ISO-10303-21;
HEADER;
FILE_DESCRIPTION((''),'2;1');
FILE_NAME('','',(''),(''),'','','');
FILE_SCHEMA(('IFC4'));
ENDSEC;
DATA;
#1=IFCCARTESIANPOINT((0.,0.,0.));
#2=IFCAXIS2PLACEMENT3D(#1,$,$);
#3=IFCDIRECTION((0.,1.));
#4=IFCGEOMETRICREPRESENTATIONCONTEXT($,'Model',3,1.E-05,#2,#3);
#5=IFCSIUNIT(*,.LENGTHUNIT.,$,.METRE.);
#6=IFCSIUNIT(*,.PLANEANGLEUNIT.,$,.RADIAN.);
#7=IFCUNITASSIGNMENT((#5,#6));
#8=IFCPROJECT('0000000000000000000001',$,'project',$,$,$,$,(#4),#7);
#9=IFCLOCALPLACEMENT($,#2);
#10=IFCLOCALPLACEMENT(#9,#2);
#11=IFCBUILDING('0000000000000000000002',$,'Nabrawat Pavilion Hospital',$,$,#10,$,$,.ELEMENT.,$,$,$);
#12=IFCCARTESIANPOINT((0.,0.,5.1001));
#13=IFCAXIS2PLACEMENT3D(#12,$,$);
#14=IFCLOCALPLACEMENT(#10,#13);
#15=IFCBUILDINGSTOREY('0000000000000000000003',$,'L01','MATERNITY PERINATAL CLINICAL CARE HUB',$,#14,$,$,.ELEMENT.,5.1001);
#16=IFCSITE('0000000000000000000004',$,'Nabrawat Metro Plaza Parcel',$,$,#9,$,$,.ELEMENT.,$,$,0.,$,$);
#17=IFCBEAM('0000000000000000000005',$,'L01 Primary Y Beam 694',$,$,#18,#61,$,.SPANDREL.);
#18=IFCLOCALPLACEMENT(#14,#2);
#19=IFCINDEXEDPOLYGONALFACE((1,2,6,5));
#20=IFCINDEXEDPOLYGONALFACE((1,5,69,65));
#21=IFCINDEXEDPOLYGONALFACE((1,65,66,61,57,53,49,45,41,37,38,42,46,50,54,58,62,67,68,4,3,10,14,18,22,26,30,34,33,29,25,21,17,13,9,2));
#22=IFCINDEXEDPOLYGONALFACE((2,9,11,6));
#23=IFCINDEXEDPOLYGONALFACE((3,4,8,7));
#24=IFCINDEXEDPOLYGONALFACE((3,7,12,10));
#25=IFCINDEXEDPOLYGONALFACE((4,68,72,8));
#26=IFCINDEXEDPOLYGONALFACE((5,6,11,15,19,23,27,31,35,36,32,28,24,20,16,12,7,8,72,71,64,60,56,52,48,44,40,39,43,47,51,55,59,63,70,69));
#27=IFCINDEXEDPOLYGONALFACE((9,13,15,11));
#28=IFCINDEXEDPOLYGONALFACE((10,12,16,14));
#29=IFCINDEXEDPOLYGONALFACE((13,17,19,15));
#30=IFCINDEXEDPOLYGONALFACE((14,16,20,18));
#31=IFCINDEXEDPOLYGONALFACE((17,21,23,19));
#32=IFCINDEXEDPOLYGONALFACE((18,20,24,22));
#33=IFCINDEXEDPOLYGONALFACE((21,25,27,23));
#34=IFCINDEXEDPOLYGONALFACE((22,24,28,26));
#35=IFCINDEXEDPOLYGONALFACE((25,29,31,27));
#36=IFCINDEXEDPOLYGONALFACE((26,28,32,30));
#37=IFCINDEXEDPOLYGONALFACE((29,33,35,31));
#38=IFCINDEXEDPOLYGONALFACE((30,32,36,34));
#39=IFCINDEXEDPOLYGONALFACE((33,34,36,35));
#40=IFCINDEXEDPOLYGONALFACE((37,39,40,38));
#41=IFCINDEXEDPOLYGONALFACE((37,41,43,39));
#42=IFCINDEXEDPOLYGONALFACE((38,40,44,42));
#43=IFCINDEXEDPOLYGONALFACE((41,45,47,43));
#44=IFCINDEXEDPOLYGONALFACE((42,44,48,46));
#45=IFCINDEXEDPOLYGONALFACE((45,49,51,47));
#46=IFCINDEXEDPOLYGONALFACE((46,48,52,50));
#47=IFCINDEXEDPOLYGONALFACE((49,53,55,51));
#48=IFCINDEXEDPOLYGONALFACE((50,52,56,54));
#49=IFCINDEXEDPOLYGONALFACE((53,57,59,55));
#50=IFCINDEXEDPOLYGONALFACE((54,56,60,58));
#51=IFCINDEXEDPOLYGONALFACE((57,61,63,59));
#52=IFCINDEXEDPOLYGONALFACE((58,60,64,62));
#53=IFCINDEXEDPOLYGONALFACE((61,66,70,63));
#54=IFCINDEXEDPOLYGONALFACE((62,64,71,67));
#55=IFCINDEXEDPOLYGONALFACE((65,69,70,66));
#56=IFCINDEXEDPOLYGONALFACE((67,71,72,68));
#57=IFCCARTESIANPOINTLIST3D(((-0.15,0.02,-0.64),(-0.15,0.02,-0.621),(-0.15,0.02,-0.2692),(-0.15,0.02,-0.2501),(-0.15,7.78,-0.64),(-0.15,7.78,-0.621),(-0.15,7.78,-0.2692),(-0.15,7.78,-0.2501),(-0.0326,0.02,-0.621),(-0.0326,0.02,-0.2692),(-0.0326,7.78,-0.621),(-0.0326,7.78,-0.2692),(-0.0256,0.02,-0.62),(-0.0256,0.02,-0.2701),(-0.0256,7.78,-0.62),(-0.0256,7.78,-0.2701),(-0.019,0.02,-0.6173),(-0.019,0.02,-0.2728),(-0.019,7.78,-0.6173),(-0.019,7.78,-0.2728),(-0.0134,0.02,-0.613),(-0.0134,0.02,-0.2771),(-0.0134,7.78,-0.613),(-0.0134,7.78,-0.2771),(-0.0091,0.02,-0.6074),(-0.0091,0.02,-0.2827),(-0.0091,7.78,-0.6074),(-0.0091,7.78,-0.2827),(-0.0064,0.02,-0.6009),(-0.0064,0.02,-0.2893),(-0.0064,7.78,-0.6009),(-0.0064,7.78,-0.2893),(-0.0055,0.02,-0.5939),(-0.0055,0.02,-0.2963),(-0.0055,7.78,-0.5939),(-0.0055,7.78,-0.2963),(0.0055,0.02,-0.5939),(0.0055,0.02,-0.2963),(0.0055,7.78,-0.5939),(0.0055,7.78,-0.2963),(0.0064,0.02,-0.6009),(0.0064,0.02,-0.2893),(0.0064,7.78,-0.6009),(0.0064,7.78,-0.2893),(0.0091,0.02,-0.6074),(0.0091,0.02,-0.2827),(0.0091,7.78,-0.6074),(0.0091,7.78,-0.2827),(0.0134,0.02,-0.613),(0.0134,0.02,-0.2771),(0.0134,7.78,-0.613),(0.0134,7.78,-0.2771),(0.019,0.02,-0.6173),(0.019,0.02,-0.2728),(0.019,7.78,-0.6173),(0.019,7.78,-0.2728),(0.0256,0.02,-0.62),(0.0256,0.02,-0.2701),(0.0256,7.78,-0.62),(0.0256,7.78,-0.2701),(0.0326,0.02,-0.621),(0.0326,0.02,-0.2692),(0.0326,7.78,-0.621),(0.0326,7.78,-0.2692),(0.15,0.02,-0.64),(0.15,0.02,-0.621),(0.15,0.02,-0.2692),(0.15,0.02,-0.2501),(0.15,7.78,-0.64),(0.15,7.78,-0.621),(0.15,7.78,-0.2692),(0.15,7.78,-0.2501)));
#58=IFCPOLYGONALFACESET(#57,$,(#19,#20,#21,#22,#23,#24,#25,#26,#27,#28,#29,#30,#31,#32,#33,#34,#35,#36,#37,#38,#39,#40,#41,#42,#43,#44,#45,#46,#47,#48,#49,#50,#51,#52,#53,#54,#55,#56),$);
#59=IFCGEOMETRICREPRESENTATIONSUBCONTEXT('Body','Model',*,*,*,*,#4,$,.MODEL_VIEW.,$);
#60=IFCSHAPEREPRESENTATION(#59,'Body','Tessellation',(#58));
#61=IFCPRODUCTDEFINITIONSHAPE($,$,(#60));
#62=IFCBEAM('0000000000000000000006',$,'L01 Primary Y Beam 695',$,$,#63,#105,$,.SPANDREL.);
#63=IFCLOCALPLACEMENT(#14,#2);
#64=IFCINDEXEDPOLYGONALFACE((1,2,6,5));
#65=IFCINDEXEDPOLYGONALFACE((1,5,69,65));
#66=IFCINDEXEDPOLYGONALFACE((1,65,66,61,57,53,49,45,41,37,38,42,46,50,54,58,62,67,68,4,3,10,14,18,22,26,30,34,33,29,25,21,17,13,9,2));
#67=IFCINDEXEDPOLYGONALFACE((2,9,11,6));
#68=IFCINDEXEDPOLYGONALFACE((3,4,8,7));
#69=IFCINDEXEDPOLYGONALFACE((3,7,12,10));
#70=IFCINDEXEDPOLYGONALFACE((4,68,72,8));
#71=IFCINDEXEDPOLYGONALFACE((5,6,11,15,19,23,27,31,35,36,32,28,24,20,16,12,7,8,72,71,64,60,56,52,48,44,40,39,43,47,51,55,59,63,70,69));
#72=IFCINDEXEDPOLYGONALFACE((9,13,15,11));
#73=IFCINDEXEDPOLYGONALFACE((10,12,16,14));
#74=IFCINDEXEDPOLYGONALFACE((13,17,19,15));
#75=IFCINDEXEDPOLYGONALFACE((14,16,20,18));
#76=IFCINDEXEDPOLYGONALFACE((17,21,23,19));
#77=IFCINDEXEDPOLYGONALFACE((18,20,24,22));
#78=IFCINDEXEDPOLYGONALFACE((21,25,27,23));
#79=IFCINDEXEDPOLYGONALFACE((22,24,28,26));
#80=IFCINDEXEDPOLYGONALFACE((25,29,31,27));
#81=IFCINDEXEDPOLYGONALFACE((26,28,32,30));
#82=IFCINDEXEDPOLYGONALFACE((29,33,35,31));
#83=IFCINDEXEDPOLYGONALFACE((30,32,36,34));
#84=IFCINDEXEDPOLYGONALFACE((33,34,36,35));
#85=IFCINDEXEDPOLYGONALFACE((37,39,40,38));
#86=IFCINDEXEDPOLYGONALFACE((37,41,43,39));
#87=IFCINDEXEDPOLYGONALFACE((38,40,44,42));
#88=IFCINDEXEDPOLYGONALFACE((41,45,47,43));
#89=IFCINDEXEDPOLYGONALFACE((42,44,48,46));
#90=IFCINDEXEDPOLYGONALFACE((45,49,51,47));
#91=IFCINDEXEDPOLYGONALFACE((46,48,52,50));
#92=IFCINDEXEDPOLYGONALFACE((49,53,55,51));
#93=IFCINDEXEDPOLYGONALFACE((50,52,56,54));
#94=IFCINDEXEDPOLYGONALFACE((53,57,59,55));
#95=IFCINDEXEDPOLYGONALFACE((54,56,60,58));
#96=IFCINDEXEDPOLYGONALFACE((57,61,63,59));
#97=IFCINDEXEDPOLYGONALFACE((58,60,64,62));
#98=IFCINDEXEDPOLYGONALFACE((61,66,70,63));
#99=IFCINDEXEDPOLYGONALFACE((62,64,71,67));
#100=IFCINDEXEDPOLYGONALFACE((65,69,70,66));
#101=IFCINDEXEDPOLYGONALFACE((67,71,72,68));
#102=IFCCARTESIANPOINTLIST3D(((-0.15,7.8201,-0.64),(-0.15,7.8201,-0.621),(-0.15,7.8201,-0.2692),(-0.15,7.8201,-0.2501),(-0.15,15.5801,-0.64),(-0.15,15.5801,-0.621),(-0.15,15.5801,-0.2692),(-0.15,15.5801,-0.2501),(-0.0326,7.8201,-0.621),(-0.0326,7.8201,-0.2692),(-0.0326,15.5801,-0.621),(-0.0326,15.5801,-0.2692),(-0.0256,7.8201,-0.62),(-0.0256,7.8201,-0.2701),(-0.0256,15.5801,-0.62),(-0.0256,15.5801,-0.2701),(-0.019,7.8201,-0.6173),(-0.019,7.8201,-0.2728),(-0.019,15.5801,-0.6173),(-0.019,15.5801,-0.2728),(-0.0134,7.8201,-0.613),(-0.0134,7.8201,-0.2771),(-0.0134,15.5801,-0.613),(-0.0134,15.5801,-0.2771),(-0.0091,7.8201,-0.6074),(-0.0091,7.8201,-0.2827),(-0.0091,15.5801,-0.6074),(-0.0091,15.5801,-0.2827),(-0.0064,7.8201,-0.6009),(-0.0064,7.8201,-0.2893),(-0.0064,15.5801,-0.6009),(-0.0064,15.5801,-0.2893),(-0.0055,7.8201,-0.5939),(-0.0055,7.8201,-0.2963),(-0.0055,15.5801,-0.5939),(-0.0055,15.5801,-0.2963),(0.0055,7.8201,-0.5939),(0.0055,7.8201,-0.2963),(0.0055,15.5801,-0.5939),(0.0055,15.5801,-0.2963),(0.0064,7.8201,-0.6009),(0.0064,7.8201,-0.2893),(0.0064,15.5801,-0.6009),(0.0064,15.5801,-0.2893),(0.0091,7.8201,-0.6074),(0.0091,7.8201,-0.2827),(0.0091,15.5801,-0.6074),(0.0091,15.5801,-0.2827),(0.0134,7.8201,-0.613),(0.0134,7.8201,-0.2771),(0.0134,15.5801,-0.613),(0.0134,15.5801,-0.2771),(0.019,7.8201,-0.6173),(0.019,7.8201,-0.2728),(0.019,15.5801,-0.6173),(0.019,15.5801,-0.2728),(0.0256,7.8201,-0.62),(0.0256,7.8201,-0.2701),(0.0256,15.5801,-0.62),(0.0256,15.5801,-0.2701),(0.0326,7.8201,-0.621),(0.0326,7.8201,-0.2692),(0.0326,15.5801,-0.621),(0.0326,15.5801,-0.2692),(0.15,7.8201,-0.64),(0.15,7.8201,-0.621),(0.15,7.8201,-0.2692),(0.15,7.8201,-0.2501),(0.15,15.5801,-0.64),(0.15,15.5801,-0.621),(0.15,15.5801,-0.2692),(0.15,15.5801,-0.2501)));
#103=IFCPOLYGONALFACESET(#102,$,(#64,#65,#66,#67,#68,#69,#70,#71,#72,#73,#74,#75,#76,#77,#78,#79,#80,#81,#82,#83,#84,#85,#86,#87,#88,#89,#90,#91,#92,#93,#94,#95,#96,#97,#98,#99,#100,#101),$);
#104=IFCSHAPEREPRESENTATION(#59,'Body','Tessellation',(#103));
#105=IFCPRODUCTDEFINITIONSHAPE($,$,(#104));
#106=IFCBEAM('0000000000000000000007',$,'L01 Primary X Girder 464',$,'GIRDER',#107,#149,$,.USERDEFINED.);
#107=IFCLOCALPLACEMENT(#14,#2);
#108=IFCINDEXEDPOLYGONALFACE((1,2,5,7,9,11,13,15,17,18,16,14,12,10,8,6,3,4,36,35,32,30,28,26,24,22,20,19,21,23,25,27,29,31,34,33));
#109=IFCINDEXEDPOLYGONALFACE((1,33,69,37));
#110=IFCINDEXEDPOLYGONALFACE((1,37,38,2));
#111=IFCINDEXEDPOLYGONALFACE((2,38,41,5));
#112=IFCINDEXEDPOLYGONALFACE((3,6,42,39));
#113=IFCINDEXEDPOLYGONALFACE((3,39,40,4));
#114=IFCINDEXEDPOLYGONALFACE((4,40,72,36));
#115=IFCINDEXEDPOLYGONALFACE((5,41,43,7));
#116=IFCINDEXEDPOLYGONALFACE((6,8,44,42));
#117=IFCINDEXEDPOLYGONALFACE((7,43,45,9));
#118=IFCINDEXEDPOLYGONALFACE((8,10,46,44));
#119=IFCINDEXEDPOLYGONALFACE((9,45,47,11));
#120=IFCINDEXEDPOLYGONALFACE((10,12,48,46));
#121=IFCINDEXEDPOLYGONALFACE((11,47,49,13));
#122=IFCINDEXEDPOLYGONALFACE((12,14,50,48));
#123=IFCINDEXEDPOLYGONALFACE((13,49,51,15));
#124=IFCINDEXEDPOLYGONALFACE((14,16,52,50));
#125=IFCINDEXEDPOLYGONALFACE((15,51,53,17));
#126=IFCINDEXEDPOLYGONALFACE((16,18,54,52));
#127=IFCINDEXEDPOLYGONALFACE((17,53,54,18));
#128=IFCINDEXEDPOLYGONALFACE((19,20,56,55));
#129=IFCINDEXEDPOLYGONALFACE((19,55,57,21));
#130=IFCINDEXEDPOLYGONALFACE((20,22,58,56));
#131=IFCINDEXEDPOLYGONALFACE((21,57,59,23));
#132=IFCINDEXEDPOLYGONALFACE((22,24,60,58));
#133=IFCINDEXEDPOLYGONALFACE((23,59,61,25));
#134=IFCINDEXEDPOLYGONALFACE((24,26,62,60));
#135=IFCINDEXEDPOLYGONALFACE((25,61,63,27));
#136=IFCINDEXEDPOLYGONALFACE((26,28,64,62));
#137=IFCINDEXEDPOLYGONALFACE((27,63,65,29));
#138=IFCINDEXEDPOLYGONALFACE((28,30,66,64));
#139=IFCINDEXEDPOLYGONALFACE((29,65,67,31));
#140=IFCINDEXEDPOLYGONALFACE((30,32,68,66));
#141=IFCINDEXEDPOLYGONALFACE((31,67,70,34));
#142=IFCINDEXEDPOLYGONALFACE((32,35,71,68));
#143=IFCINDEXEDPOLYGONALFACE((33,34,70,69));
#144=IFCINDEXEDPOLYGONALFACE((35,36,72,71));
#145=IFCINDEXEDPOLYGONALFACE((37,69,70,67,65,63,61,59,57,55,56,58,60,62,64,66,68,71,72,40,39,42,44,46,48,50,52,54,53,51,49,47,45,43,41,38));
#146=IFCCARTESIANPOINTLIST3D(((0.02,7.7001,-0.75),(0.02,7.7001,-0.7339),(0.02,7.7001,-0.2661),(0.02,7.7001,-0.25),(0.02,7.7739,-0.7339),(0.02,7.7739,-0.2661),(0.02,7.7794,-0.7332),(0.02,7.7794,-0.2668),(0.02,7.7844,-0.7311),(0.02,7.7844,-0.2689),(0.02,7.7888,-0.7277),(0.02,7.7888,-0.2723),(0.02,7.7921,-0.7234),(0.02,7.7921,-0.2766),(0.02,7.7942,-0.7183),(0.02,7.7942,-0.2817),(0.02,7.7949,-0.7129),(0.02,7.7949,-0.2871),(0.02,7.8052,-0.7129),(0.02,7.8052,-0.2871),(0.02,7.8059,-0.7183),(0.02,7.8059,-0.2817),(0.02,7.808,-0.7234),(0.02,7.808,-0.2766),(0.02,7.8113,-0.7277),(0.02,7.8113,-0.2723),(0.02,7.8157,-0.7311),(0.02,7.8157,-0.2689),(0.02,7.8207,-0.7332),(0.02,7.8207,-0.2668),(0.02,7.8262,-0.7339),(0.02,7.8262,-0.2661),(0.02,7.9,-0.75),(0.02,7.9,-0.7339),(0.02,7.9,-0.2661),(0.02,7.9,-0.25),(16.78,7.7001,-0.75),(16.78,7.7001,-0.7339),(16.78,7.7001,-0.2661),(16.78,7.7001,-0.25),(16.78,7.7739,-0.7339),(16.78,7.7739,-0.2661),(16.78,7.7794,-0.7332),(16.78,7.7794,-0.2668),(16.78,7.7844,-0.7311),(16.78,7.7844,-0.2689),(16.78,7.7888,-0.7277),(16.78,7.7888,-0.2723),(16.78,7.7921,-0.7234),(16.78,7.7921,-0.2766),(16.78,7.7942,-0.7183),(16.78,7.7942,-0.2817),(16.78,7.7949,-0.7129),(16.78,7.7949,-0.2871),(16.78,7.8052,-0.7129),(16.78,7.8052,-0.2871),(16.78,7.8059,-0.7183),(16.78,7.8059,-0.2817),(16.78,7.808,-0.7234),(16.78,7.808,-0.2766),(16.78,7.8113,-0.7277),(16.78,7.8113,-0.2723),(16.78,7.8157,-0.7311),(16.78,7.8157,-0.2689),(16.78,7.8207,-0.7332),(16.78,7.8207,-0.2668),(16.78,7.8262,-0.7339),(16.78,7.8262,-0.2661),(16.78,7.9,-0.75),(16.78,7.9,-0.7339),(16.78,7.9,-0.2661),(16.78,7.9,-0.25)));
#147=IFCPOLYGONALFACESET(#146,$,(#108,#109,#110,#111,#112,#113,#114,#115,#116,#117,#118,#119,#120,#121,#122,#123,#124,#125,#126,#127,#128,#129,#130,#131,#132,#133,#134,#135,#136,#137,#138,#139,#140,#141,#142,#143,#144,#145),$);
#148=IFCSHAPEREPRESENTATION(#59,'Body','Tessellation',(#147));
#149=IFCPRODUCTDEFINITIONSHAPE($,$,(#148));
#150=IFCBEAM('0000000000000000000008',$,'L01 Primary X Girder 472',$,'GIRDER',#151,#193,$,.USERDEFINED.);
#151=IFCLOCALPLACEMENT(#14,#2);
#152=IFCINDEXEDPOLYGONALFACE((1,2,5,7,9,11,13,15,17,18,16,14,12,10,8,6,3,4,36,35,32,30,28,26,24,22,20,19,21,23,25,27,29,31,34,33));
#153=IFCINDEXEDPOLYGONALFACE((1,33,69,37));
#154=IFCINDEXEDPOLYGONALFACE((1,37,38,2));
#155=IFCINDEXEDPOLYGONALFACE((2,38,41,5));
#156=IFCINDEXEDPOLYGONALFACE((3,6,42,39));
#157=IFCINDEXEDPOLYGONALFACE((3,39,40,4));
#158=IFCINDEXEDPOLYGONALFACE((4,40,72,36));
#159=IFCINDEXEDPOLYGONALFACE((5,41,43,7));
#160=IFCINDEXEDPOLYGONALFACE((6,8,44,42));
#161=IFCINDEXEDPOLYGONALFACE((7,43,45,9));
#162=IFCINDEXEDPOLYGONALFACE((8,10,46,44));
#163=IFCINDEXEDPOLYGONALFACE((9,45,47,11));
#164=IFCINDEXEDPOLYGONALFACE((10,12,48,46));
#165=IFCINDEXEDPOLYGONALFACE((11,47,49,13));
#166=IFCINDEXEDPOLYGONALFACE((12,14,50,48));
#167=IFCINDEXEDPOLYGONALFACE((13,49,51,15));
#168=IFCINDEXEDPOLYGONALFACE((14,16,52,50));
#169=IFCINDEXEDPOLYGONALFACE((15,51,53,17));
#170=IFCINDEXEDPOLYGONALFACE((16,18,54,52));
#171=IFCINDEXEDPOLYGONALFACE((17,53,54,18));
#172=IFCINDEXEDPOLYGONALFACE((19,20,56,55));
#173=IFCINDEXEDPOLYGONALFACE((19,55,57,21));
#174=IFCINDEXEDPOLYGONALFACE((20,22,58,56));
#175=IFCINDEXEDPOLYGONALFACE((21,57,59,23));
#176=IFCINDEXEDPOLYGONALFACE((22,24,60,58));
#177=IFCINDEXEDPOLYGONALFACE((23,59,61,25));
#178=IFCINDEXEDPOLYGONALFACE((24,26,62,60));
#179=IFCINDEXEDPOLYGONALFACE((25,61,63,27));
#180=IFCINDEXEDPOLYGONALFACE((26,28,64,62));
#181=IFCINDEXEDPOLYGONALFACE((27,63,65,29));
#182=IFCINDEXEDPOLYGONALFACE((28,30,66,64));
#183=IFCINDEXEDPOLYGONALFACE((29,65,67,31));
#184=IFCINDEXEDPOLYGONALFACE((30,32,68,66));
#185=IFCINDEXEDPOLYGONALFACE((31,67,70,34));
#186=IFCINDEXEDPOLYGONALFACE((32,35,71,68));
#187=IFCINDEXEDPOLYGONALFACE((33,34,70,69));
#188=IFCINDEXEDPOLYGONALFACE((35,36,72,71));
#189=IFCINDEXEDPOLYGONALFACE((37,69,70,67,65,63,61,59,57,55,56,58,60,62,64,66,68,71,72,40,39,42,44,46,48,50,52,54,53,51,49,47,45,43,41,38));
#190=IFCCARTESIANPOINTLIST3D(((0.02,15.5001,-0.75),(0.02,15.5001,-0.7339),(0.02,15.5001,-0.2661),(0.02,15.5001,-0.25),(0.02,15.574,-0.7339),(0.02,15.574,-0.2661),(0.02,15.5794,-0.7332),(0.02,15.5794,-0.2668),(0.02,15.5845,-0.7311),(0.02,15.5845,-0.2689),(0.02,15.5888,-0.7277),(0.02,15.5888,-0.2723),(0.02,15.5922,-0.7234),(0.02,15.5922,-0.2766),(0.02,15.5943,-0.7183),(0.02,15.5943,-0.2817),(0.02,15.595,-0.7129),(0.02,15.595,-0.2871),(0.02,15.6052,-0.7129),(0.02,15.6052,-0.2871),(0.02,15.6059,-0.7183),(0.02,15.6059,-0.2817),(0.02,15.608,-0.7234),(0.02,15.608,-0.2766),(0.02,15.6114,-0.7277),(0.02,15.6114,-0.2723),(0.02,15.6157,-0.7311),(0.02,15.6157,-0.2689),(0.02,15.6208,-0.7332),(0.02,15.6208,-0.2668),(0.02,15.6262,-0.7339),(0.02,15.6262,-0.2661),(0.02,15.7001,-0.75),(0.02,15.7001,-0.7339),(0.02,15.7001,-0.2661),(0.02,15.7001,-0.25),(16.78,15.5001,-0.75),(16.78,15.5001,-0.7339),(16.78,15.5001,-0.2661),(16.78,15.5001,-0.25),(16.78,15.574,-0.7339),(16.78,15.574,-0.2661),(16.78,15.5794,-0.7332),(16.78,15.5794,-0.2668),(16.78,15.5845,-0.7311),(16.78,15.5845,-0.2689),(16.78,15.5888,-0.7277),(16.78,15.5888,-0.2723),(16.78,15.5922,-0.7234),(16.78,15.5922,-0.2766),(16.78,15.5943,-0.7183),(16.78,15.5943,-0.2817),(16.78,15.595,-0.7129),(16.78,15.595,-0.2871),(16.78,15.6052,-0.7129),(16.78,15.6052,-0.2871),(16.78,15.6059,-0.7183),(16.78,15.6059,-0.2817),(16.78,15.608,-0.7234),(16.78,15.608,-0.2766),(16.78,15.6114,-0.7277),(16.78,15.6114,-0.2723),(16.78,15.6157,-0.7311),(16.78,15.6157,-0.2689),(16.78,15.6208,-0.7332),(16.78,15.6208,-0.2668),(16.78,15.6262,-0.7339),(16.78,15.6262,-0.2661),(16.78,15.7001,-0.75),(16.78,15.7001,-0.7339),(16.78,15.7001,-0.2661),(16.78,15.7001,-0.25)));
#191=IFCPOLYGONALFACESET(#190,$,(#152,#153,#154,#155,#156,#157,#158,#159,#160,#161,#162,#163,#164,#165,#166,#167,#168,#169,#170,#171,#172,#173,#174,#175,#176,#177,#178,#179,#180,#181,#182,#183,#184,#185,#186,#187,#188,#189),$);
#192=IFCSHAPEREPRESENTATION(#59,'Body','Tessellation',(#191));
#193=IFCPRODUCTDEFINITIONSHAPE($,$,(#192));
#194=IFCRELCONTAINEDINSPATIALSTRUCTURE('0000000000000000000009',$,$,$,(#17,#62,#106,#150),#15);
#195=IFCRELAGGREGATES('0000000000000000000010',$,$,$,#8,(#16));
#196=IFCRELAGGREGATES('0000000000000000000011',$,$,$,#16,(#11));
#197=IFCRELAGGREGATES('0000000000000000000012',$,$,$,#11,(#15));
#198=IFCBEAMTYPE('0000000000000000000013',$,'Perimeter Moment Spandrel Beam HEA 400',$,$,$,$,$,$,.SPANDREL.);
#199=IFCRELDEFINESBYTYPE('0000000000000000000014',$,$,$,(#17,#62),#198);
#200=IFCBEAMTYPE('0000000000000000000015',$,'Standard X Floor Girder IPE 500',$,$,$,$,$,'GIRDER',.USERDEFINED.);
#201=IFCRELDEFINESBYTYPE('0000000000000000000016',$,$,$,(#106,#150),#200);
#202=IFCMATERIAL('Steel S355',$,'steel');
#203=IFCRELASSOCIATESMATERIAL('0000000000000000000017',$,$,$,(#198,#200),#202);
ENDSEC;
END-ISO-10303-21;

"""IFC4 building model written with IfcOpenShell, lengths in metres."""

from ifc_helpers import new_model, si_unit, direction, frame, origin, origin_2d, place, context, subcontext, project, spatial, i_section, extrude, material, material_profile, profile_set, type_object, element, save


model = new_model("IFC4")

# Units and contexts
model_context = context("Model", 3, precision=1e-05, world=origin(), true_north=direction((0.0, 1.0)))
body_context = subcontext(model_context, "Body", "Model", "MODEL_VIEW")
ifc_project = project(units=[si_unit("LENGTHUNIT", "METRE"), si_unit("PLANEANGLEUNIT", "RADIAN")], contexts=[model_context])

# Site, building, storey
site_placement = place(None, origin())
site = spatial("IfcSite", under=ifc_project, at=site_placement, Name="Nabrawat Metro Plaza Parcel", CompositionType="ELEMENT", RefElevation=0.0)
building_placement = place(site_placement, origin())
building = spatial("IfcBuilding", under=site, at=building_placement, Name="Nabrawat Pavilion Hospital", CompositionType="ELEMENT")
storey_placement = place(building_placement, frame((0.0, 0.0, 5.1001)))
storey = spatial("IfcBuildingStorey", under=building, at=storey_placement, Name="L01", Description="MATERNITY PERINATAL CLINICAL CARE HUB", CompositionType="ELEMENT", Elevation=5.1001)

# Shared definitions
ifc_material_1 = material(Name="Steel S355", Category="steel")

# Beams
ifc_material_profile_1 = material_profile(ifc_material_1, i_section(OverallWidth=0.3, OverallDepth=0.3899, WebThickness=0.011, FlangeThickness=0.019, FilletRadius=0.0271, at=origin_2d()), Name="HEA 400")
ifc_profile_set_1 = profile_set([ifc_material_profile_1], Name="Steel S355")
beam_type_1 = type_object("IfcBeamType", Name="Perimeter Moment Spandrel Beam HEA 400", PredefinedType="SPANDREL", material=ifc_profile_set_1)
for number, where, z_axis, x_axis, name in (
    (1, (0.0, 0.02, -0.4451), (0.0, 1.0, 0.0), (-1.0, 0.0, 0.0), "L01 Primary Y Beam 694"),
    (2, (0.0, 7.8201, -0.4451), (0.0, 1.0, 0.0), (-1.0, 0.0, 0.0), "L01 Primary Y Beam 695"),
):
    element("IfcBeam", number, at=place(storey_placement, frame(where, z_axis=z_axis, x_axis=x_axis)), inside=storey, type_object=beam_type_1, Name=name, PredefinedType="SPANDREL", context=body_context, shape_type="SweptSolid", body=[
        extrude(i_section(OverallWidth=0.3, OverallDepth=0.3899, WebThickness=0.011, FlangeThickness=0.019, FilletRadius=0.0271, at=origin_2d()), origin(), (0.0, 0.0, 1.0), 7.76),
    ])
ifc_material_profile_2 = material_profile(ifc_material_1, i_section(OverallWidth=0.2, OverallDepth=0.5, WebThickness=0.0103, FlangeThickness=0.0161, FilletRadius=0.021, at=origin_2d()), Name="IPE 500")
ifc_profile_set_2 = profile_set([ifc_material_profile_2], Name="Steel S355")
beam_type_2 = type_object("IfcBeamType", Name="Standard X Floor Girder IPE 500", ElementType="GIRDER", PredefinedType="USERDEFINED", material=ifc_profile_set_2)
for number, where, z_axis, x_axis, name in (
    (3, (0.02, 7.8, -0.5), (1.0, 0.0, 0.0), (0.0, 1.0, 0.0), "L01 Primary X Girder 464"),
    (4, (0.02, 15.6001, -0.5), (1.0, 0.0, 0.0), (0.0, 1.0, 0.0), "L01 Primary X Girder 472"),
):
    element("IfcBeam", number, at=place(storey_placement, frame(where, z_axis=z_axis, x_axis=x_axis)), inside=storey, type_object=beam_type_2, Name=name, ObjectType="GIRDER", PredefinedType="USERDEFINED", context=body_context, shape_type="SweptSolid", body=[
        extrude(i_section(OverallWidth=0.2, OverallDepth=0.5, WebThickness=0.0103, FlangeThickness=0.0161, FilletRadius=0.021, at=origin_2d()), origin(), (0.0, 0.0, 1.0), 16.76),
    ])

save(model, "model.ifc")
